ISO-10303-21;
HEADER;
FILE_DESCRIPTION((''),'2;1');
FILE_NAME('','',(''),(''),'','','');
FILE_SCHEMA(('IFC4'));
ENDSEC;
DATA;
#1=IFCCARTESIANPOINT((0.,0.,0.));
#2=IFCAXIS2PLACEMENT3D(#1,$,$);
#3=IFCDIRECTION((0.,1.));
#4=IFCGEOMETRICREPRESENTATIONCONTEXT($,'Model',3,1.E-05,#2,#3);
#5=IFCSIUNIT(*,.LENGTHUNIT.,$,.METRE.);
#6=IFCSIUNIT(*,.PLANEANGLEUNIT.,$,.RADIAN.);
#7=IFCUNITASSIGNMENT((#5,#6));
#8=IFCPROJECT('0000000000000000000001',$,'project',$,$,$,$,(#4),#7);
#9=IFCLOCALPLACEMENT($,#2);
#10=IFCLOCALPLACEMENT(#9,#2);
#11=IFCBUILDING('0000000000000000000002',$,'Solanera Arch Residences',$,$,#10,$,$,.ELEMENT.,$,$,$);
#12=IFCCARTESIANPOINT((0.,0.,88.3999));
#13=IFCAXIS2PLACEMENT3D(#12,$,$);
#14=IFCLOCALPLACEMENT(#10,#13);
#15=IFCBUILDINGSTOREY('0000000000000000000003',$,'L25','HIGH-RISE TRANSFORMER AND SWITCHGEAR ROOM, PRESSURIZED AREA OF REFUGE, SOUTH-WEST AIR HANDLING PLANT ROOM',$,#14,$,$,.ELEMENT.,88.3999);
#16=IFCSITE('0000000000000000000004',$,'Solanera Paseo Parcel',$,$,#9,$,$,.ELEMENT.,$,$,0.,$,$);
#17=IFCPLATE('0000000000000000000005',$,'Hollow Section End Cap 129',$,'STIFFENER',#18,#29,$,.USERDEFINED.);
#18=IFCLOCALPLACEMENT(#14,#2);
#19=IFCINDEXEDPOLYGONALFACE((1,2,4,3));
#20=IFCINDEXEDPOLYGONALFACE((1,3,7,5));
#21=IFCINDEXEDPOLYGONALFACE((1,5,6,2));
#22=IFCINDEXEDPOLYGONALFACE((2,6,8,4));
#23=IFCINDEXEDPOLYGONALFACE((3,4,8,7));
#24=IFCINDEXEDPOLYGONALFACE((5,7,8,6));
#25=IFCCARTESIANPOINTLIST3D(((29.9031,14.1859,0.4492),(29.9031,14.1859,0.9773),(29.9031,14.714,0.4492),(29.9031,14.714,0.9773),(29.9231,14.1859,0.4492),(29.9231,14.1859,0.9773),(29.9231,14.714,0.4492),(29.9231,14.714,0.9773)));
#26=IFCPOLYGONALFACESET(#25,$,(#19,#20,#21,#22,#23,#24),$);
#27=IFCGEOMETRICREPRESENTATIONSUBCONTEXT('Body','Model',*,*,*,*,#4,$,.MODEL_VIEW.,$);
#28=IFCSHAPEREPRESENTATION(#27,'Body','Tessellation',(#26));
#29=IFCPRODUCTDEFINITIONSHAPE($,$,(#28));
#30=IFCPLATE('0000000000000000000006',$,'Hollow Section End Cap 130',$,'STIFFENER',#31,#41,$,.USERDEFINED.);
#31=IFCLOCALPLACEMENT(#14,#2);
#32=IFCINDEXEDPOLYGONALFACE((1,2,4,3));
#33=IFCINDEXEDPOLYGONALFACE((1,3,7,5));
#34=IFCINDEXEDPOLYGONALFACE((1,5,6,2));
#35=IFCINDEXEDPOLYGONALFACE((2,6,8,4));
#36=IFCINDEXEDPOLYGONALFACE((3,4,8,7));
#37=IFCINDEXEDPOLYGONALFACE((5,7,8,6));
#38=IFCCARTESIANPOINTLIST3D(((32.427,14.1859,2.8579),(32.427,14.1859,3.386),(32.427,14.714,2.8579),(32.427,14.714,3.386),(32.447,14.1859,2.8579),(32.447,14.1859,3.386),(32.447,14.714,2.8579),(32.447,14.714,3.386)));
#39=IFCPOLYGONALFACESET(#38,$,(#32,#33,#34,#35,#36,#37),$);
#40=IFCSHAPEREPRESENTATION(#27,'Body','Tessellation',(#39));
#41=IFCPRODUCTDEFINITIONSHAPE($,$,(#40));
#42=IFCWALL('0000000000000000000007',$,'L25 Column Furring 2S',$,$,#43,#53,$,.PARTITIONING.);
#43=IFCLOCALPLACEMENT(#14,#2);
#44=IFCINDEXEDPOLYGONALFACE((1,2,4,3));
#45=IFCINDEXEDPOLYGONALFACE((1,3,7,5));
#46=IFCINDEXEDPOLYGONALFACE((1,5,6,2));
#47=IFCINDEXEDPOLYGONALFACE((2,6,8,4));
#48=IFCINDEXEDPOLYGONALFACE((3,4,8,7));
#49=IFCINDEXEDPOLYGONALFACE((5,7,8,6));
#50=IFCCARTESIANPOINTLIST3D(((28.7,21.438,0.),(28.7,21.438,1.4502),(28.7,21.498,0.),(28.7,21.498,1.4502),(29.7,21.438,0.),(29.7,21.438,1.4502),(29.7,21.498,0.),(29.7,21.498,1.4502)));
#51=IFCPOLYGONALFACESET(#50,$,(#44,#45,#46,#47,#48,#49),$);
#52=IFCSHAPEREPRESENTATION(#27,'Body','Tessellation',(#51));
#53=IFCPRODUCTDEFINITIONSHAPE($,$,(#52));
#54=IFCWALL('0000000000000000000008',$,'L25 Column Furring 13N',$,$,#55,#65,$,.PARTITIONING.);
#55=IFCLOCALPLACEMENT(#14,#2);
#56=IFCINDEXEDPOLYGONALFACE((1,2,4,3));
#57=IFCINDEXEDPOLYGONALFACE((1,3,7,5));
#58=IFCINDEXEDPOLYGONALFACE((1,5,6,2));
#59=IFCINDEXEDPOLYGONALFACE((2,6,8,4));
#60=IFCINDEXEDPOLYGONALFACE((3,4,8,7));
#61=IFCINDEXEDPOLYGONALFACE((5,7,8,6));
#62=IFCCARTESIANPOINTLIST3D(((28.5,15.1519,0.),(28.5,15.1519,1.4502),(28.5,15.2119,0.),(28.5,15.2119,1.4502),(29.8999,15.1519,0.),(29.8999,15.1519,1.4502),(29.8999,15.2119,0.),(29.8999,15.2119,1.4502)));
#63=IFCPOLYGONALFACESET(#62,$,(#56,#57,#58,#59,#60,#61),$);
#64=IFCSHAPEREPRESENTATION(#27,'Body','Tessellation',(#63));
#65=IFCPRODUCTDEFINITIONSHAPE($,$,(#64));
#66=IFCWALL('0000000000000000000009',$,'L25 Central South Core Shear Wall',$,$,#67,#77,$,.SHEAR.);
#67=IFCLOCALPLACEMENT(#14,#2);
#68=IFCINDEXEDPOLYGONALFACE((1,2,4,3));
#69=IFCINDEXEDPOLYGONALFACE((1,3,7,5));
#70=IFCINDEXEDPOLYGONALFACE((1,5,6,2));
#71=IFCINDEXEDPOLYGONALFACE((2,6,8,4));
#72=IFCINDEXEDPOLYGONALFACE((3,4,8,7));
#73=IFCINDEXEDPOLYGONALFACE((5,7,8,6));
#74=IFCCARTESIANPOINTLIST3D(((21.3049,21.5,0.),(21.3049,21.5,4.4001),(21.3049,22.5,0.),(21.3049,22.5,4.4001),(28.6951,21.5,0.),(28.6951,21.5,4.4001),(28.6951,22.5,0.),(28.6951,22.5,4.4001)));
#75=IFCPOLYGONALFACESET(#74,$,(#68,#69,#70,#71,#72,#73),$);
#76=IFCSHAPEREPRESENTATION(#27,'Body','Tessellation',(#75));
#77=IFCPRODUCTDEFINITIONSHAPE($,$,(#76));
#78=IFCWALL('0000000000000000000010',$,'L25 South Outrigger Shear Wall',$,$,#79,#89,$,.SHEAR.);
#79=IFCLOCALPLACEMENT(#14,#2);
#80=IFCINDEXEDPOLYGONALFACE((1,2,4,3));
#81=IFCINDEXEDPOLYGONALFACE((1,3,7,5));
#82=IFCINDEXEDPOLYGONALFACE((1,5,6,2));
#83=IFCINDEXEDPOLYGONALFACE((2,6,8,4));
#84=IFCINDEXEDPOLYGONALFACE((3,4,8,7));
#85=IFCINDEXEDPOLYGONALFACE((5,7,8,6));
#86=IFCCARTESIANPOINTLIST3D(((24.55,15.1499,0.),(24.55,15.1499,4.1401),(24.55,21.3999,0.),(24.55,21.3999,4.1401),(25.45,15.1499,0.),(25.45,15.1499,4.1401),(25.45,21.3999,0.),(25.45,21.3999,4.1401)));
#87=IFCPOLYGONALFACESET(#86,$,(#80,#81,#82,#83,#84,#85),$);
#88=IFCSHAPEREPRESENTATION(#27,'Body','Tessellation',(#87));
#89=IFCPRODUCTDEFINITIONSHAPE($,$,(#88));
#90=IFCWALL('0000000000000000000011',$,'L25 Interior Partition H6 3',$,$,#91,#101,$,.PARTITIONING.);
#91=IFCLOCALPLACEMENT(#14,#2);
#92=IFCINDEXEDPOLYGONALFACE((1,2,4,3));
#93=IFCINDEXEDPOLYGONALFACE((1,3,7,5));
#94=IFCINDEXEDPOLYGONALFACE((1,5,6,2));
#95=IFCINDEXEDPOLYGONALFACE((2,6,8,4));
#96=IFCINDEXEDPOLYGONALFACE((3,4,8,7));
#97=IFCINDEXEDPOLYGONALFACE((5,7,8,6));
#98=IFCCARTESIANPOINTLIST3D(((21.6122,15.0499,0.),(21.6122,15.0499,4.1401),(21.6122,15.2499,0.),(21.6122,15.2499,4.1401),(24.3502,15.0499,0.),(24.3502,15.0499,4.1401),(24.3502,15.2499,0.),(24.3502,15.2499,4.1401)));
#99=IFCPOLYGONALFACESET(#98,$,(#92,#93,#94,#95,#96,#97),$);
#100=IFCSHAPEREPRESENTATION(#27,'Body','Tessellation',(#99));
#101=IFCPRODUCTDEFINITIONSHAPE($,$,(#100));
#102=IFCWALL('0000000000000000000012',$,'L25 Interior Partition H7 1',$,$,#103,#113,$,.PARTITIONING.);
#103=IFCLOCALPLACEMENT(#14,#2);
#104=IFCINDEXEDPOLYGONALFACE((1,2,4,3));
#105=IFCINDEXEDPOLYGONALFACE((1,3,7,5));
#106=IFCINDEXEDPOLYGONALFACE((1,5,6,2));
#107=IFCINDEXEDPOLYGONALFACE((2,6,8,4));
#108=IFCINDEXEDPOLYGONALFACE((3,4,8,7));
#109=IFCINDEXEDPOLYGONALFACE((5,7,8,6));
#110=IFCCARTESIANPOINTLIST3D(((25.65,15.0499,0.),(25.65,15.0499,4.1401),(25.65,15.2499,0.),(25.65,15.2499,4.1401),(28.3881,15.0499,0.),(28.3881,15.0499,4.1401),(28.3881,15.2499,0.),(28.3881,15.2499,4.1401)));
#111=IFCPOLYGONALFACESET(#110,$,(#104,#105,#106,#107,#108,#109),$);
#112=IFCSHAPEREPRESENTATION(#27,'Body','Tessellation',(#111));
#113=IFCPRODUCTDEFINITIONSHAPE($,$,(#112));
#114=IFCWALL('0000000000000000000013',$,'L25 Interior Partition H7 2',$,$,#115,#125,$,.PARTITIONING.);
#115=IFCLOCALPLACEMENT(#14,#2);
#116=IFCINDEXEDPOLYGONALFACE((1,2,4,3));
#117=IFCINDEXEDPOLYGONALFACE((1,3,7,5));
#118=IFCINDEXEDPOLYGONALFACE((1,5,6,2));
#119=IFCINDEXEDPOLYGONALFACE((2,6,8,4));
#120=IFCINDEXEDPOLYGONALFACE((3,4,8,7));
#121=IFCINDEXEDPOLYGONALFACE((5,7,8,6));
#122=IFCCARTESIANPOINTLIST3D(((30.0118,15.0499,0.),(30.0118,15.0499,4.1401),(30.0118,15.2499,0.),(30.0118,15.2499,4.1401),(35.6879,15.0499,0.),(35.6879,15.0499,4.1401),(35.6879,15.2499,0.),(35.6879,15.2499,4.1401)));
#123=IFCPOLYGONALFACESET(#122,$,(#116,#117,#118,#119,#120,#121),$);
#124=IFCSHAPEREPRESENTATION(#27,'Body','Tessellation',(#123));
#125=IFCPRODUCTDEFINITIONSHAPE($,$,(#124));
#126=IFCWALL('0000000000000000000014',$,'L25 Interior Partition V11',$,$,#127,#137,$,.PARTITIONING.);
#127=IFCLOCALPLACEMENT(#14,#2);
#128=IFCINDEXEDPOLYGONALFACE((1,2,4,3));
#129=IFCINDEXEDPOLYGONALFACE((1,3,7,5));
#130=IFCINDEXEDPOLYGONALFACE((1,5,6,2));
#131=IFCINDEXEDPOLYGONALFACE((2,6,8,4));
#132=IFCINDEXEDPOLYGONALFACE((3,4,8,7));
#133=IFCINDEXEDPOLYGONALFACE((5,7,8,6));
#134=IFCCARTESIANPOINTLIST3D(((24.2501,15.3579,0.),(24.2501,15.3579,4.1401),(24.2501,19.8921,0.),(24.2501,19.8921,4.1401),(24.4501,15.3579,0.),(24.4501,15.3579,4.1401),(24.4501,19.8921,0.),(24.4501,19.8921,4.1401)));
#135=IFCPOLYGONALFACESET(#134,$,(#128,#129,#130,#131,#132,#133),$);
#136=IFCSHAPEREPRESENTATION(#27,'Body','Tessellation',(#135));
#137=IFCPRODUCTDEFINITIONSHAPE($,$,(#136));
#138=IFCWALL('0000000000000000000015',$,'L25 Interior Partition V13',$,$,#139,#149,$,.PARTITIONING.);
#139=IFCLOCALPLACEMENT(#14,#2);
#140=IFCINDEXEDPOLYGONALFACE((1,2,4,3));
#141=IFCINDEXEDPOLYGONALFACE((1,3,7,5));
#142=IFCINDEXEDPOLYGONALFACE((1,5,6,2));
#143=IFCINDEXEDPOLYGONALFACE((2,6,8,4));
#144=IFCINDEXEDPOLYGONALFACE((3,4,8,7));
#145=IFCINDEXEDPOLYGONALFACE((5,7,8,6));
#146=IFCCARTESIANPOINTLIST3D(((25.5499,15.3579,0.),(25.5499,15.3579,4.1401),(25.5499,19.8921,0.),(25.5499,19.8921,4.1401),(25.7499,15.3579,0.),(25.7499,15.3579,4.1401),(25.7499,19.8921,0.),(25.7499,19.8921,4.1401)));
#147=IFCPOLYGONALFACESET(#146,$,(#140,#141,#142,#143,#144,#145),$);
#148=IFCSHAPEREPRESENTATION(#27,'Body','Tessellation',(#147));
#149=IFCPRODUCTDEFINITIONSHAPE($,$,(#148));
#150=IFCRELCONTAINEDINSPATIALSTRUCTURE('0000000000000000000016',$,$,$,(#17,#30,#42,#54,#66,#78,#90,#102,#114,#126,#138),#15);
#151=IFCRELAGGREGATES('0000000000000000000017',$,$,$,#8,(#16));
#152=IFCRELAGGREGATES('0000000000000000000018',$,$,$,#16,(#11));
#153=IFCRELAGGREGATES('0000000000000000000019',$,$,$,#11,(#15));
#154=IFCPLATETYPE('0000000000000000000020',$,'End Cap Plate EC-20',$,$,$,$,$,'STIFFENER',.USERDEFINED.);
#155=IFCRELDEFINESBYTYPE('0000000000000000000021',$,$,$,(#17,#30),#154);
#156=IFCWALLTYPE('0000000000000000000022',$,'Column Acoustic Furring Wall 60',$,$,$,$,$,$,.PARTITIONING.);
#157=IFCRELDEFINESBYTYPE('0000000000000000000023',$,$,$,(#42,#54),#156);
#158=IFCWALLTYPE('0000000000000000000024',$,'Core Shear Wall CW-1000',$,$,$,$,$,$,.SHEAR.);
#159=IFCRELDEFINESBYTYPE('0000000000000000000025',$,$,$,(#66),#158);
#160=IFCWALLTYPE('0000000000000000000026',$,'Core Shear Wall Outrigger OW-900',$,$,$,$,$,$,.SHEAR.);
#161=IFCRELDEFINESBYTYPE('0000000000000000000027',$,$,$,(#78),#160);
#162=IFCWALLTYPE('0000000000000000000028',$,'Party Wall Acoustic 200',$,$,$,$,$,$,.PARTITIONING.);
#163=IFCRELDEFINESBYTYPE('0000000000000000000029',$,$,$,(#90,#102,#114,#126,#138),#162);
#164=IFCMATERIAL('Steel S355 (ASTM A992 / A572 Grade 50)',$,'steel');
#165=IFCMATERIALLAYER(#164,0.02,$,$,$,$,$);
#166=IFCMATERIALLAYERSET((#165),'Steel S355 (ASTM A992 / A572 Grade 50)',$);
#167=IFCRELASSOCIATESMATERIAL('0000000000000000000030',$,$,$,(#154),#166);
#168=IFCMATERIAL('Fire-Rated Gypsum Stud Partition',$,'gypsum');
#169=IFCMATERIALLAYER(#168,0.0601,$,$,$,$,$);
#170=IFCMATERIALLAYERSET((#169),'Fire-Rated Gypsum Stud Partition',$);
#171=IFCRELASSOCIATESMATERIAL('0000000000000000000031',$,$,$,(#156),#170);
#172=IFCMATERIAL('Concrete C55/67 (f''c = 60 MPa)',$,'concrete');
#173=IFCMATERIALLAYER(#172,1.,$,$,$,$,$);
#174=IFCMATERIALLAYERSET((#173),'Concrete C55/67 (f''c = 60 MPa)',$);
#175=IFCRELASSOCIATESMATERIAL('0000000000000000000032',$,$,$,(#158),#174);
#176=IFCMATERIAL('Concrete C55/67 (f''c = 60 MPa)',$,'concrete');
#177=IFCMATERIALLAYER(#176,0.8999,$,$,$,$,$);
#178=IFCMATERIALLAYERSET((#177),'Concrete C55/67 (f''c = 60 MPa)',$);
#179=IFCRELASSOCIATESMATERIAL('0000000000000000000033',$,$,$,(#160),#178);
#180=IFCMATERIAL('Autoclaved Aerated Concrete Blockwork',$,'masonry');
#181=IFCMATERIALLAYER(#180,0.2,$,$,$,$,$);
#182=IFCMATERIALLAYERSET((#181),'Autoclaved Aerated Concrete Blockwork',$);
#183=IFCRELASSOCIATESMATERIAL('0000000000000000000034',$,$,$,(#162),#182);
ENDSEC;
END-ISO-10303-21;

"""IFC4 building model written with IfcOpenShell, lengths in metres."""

from ifc_helpers import new_model, si_unit, direction, frame, frame_2d, origin, origin_2d, place, context, subcontext, project, spatial, rectangle, extrude, material, layer, layer_set, type_object, element, save


model = new_model("IFC4")

# Units and contexts
model_context = context("Model", 3, precision=1e-05, world=origin(), true_north=direction((0.0, 1.0)))
body_context = subcontext(model_context, "Body", "Model", "MODEL_VIEW")
ifc_project = project(units=[si_unit("LENGTHUNIT", "METRE"), si_unit("PLANEANGLEUNIT", "RADIAN")], contexts=[model_context])

# Site, building, storey
site_placement = place(None, origin())
site = spatial("IfcSite", under=ifc_project, at=site_placement, Name="Solanera Paseo Parcel", CompositionType="ELEMENT", RefElevation=0.0)
building_placement = place(site_placement, origin())
building = spatial("IfcBuilding", under=site, at=building_placement, Name="Solanera Arch Residences", CompositionType="ELEMENT")
storey_placement = place(building_placement, frame((0.0, 0.0, 88.3999)))
storey = spatial("IfcBuildingStorey", under=building, at=storey_placement, Name="L25", Description="HIGH-RISE TRANSFORMER AND SWITCHGEAR ROOM, PRESSURIZED AREA OF REFUGE, SOUTH-WEST AIR HANDLING PLANT ROOM", CompositionType="ELEMENT", Elevation=88.3999)

# Plates
ifc_material_1 = material(Name="Steel S355 (ASTM A992 / A572 Grade 50)", Category="steel")
ifc_layer_1 = layer(ifc_material_1, 0.02)
ifc_layer_set_1 = layer_set([ifc_layer_1], Name="Steel S355 (ASTM A992 / A572 Grade 50)")
plate_type = type_object("IfcPlateType", Name="End Cap Plate EC-20", ElementType="STIFFENER", PredefinedType="USERDEFINED", material=ifc_layer_set_1)
for number, where, z_axis, x_axis, name in (
    (1, (29.9131, 14.45, 0.4492), (0.0, 0.0, 1.0), (-1.0, 0.0, 0.0), "Hollow Section End Cap 129"),
    (2, (32.437, 14.45, 2.8579), (0.0, 0.0, 1.0), (1.0, 0.0, 0.0), "Hollow Section End Cap 130"),
):
    element("IfcPlate", number, at=place(storey_placement, frame(where, z_axis=z_axis, x_axis=x_axis)), inside=storey, type_object=plate_type, Name=name, ObjectType="STIFFENER", PredefinedType="USERDEFINED", context=body_context, shape_type="SweptSolid", body=[
        extrude(rectangle(XDim=0.02, YDim=0.5281, at=origin_2d()), origin(), (0.0, 0.0, 1.0), 0.5281),
    ])

# Walls
ifc_material_2 = material(Name="Fire-Rated Gypsum Stud Partition", Category="gypsum")
ifc_layer_2 = layer(ifc_material_2, 0.0601)
ifc_layer_set_2 = layer_set([ifc_layer_2], Name="Fire-Rated Gypsum Stud Partition")
wall_type_1 = type_object("IfcWallType", Name="Column Acoustic Furring Wall 60", PredefinedType="PARTITIONING", material=ifc_layer_set_2)
wall_1_placement = place(storey_placement, frame((28.7, 21.468, 0.0), z_axis=(0.0, 0.0, 1.0), x_axis=(1.0, 0.0, 0.0)))
element("IfcWall", 3, at=wall_1_placement, inside=storey, type_object=wall_type_1, Name="L25 Column Furring 2S", PredefinedType="PARTITIONING", context=body_context, shape_type="SweptSolid", body=[
    extrude(rectangle(XDim=1.0, YDim=0.0601, at=frame_2d((0.5, 0.0))), origin(), (0.0, 0.0, 1.0), 1.4502),
])
wall_2_placement = place(storey_placement, frame((28.5, 15.1819, 0.0), z_axis=(0.0, 0.0, 1.0), x_axis=(1.0, 0.0, 0.0)))
element("IfcWall", 4, at=wall_2_placement, inside=storey, type_object=wall_type_1, Name="L25 Column Furring 13N", PredefinedType="PARTITIONING", context=body_context, shape_type="SweptSolid", body=[
    extrude(rectangle(XDim=1.3999, YDim=0.0601, at=frame_2d((0.7, 0.0))), origin(), (0.0, 0.0, 1.0), 1.4502),
])
ifc_material_3 = material(Name="Concrete C55/67 (f'c = 60 MPa)", Category="concrete")
ifc_layer_3 = layer(ifc_material_3, 1.0)
ifc_layer_set_3 = layer_set([ifc_layer_3], Name="Concrete C55/67 (f'c = 60 MPa)")
wall_type_2 = type_object("IfcWallType", Name="Core Shear Wall CW-1000", PredefinedType="SHEAR", material=ifc_layer_set_3)
wall_3_placement = place(storey_placement, frame((21.3049, 22.0, 0.0), z_axis=(0.0, 0.0, 1.0), x_axis=(1.0, 0.0, 0.0)))
element("IfcWall", 5, at=wall_3_placement, inside=storey, type_object=wall_type_2, Name="L25 Central South Core Shear Wall", PredefinedType="SHEAR", context=body_context, shape_type="SweptSolid", body=[
    extrude(rectangle(XDim=7.3901, YDim=1.0, at=frame_2d((3.6951, 0.0))), origin(), (0.0, 0.0, 1.0), 4.4001),
])
ifc_material_4 = material(Name="Concrete C55/67 (f'c = 60 MPa)", Category="concrete")
ifc_layer_4 = layer(ifc_material_4, 0.8999)
ifc_layer_set_4 = layer_set([ifc_layer_4], Name="Concrete C55/67 (f'c = 60 MPa)")
wall_type_3 = type_object("IfcWallType", Name="Core Shear Wall Outrigger OW-900", PredefinedType="SHEAR", material=ifc_layer_set_4)
wall_4_placement = place(storey_placement, frame((25.0, 15.1499, 0.0), z_axis=(0.0, 0.0, 1.0), x_axis=(0.0, 1.0, 0.0)))
element("IfcWall", 6, at=wall_4_placement, inside=storey, type_object=wall_type_3, Name="L25 South Outrigger Shear Wall", PredefinedType="SHEAR", context=body_context, shape_type="SweptSolid", body=[
    extrude(rectangle(XDim=6.25, YDim=0.8999, at=frame_2d((3.125, 0.0))), origin(), (0.0, 0.0, 1.0), 4.1401),
])
ifc_material_5 = material(Name="Autoclaved Aerated Concrete Blockwork", Category="masonry")
ifc_layer_5 = layer(ifc_material_5, 0.2)
ifc_layer_set_5 = layer_set([ifc_layer_5], Name="Autoclaved Aerated Concrete Blockwork")
wall_type_4 = type_object("IfcWallType", Name="Party Wall Acoustic 200", PredefinedType="PARTITIONING", material=ifc_layer_set_5)
for number, where, z_axis, x_axis, name in (
    (7, (21.6121, 15.1499, 0.0), (0.0, 0.0, 1.0), (1.0, 0.0, 0.0), "L25 Interior Partition H6 3"),
    (8, (25.6499, 15.1499, 0.0), (0.0, 0.0, 1.0), (1.0, 0.0, 0.0), "L25 Interior Partition H7 1"),
):
    element("IfcWall", number, at=place(storey_placement, frame(where, z_axis=z_axis, x_axis=x_axis)), inside=storey, type_object=wall_type_4, Name=name, PredefinedType="PARTITIONING", context=body_context, shape_type="SweptSolid", body=[
        extrude(rectangle(XDim=2.738, YDim=0.2, at=frame_2d((1.3691, 0.0))), origin(), (0.0, 0.0, 1.0), 4.1401),
    ])
wall_5_placement = place(storey_placement, frame((30.012, 15.1499, 0.0), z_axis=(0.0, 0.0, 1.0), x_axis=(1.0, 0.0, 0.0)))
element("IfcWall", 9, at=wall_5_placement, inside=storey, type_object=wall_type_4, Name="L25 Interior Partition H7 2", PredefinedType="PARTITIONING", context=body_context, shape_type="SweptSolid", body=[
    extrude(rectangle(XDim=5.676, YDim=0.2, at=frame_2d((2.8379, 0.0))), origin(), (0.0, 0.0, 1.0), 4.1401),
])
for number, where, z_axis, x_axis, name in (
    (10, (24.3501, 15.3579, 0.0), (0.0, 0.0, 1.0), (0.0, 1.0, 0.0), "L25 Interior Partition V11"),
    (11, (25.6499, 15.3579, 0.0), (0.0, 0.0, 1.0), (0.0, 1.0, 0.0), "L25 Interior Partition V13"),
):
    element("IfcWall", number, at=place(storey_placement, frame(where, z_axis=z_axis, x_axis=x_axis)), inside=storey, type_object=wall_type_4, Name=name, PredefinedType="PARTITIONING", context=body_context, shape_type="SweptSolid", body=[
        extrude(rectangle(XDim=4.5342, YDim=0.2, at=frame_2d((2.2671, 0.0))), origin(), (0.0, 0.0, 1.0), 4.1401),
    ])

save(model, "model.ifc")
